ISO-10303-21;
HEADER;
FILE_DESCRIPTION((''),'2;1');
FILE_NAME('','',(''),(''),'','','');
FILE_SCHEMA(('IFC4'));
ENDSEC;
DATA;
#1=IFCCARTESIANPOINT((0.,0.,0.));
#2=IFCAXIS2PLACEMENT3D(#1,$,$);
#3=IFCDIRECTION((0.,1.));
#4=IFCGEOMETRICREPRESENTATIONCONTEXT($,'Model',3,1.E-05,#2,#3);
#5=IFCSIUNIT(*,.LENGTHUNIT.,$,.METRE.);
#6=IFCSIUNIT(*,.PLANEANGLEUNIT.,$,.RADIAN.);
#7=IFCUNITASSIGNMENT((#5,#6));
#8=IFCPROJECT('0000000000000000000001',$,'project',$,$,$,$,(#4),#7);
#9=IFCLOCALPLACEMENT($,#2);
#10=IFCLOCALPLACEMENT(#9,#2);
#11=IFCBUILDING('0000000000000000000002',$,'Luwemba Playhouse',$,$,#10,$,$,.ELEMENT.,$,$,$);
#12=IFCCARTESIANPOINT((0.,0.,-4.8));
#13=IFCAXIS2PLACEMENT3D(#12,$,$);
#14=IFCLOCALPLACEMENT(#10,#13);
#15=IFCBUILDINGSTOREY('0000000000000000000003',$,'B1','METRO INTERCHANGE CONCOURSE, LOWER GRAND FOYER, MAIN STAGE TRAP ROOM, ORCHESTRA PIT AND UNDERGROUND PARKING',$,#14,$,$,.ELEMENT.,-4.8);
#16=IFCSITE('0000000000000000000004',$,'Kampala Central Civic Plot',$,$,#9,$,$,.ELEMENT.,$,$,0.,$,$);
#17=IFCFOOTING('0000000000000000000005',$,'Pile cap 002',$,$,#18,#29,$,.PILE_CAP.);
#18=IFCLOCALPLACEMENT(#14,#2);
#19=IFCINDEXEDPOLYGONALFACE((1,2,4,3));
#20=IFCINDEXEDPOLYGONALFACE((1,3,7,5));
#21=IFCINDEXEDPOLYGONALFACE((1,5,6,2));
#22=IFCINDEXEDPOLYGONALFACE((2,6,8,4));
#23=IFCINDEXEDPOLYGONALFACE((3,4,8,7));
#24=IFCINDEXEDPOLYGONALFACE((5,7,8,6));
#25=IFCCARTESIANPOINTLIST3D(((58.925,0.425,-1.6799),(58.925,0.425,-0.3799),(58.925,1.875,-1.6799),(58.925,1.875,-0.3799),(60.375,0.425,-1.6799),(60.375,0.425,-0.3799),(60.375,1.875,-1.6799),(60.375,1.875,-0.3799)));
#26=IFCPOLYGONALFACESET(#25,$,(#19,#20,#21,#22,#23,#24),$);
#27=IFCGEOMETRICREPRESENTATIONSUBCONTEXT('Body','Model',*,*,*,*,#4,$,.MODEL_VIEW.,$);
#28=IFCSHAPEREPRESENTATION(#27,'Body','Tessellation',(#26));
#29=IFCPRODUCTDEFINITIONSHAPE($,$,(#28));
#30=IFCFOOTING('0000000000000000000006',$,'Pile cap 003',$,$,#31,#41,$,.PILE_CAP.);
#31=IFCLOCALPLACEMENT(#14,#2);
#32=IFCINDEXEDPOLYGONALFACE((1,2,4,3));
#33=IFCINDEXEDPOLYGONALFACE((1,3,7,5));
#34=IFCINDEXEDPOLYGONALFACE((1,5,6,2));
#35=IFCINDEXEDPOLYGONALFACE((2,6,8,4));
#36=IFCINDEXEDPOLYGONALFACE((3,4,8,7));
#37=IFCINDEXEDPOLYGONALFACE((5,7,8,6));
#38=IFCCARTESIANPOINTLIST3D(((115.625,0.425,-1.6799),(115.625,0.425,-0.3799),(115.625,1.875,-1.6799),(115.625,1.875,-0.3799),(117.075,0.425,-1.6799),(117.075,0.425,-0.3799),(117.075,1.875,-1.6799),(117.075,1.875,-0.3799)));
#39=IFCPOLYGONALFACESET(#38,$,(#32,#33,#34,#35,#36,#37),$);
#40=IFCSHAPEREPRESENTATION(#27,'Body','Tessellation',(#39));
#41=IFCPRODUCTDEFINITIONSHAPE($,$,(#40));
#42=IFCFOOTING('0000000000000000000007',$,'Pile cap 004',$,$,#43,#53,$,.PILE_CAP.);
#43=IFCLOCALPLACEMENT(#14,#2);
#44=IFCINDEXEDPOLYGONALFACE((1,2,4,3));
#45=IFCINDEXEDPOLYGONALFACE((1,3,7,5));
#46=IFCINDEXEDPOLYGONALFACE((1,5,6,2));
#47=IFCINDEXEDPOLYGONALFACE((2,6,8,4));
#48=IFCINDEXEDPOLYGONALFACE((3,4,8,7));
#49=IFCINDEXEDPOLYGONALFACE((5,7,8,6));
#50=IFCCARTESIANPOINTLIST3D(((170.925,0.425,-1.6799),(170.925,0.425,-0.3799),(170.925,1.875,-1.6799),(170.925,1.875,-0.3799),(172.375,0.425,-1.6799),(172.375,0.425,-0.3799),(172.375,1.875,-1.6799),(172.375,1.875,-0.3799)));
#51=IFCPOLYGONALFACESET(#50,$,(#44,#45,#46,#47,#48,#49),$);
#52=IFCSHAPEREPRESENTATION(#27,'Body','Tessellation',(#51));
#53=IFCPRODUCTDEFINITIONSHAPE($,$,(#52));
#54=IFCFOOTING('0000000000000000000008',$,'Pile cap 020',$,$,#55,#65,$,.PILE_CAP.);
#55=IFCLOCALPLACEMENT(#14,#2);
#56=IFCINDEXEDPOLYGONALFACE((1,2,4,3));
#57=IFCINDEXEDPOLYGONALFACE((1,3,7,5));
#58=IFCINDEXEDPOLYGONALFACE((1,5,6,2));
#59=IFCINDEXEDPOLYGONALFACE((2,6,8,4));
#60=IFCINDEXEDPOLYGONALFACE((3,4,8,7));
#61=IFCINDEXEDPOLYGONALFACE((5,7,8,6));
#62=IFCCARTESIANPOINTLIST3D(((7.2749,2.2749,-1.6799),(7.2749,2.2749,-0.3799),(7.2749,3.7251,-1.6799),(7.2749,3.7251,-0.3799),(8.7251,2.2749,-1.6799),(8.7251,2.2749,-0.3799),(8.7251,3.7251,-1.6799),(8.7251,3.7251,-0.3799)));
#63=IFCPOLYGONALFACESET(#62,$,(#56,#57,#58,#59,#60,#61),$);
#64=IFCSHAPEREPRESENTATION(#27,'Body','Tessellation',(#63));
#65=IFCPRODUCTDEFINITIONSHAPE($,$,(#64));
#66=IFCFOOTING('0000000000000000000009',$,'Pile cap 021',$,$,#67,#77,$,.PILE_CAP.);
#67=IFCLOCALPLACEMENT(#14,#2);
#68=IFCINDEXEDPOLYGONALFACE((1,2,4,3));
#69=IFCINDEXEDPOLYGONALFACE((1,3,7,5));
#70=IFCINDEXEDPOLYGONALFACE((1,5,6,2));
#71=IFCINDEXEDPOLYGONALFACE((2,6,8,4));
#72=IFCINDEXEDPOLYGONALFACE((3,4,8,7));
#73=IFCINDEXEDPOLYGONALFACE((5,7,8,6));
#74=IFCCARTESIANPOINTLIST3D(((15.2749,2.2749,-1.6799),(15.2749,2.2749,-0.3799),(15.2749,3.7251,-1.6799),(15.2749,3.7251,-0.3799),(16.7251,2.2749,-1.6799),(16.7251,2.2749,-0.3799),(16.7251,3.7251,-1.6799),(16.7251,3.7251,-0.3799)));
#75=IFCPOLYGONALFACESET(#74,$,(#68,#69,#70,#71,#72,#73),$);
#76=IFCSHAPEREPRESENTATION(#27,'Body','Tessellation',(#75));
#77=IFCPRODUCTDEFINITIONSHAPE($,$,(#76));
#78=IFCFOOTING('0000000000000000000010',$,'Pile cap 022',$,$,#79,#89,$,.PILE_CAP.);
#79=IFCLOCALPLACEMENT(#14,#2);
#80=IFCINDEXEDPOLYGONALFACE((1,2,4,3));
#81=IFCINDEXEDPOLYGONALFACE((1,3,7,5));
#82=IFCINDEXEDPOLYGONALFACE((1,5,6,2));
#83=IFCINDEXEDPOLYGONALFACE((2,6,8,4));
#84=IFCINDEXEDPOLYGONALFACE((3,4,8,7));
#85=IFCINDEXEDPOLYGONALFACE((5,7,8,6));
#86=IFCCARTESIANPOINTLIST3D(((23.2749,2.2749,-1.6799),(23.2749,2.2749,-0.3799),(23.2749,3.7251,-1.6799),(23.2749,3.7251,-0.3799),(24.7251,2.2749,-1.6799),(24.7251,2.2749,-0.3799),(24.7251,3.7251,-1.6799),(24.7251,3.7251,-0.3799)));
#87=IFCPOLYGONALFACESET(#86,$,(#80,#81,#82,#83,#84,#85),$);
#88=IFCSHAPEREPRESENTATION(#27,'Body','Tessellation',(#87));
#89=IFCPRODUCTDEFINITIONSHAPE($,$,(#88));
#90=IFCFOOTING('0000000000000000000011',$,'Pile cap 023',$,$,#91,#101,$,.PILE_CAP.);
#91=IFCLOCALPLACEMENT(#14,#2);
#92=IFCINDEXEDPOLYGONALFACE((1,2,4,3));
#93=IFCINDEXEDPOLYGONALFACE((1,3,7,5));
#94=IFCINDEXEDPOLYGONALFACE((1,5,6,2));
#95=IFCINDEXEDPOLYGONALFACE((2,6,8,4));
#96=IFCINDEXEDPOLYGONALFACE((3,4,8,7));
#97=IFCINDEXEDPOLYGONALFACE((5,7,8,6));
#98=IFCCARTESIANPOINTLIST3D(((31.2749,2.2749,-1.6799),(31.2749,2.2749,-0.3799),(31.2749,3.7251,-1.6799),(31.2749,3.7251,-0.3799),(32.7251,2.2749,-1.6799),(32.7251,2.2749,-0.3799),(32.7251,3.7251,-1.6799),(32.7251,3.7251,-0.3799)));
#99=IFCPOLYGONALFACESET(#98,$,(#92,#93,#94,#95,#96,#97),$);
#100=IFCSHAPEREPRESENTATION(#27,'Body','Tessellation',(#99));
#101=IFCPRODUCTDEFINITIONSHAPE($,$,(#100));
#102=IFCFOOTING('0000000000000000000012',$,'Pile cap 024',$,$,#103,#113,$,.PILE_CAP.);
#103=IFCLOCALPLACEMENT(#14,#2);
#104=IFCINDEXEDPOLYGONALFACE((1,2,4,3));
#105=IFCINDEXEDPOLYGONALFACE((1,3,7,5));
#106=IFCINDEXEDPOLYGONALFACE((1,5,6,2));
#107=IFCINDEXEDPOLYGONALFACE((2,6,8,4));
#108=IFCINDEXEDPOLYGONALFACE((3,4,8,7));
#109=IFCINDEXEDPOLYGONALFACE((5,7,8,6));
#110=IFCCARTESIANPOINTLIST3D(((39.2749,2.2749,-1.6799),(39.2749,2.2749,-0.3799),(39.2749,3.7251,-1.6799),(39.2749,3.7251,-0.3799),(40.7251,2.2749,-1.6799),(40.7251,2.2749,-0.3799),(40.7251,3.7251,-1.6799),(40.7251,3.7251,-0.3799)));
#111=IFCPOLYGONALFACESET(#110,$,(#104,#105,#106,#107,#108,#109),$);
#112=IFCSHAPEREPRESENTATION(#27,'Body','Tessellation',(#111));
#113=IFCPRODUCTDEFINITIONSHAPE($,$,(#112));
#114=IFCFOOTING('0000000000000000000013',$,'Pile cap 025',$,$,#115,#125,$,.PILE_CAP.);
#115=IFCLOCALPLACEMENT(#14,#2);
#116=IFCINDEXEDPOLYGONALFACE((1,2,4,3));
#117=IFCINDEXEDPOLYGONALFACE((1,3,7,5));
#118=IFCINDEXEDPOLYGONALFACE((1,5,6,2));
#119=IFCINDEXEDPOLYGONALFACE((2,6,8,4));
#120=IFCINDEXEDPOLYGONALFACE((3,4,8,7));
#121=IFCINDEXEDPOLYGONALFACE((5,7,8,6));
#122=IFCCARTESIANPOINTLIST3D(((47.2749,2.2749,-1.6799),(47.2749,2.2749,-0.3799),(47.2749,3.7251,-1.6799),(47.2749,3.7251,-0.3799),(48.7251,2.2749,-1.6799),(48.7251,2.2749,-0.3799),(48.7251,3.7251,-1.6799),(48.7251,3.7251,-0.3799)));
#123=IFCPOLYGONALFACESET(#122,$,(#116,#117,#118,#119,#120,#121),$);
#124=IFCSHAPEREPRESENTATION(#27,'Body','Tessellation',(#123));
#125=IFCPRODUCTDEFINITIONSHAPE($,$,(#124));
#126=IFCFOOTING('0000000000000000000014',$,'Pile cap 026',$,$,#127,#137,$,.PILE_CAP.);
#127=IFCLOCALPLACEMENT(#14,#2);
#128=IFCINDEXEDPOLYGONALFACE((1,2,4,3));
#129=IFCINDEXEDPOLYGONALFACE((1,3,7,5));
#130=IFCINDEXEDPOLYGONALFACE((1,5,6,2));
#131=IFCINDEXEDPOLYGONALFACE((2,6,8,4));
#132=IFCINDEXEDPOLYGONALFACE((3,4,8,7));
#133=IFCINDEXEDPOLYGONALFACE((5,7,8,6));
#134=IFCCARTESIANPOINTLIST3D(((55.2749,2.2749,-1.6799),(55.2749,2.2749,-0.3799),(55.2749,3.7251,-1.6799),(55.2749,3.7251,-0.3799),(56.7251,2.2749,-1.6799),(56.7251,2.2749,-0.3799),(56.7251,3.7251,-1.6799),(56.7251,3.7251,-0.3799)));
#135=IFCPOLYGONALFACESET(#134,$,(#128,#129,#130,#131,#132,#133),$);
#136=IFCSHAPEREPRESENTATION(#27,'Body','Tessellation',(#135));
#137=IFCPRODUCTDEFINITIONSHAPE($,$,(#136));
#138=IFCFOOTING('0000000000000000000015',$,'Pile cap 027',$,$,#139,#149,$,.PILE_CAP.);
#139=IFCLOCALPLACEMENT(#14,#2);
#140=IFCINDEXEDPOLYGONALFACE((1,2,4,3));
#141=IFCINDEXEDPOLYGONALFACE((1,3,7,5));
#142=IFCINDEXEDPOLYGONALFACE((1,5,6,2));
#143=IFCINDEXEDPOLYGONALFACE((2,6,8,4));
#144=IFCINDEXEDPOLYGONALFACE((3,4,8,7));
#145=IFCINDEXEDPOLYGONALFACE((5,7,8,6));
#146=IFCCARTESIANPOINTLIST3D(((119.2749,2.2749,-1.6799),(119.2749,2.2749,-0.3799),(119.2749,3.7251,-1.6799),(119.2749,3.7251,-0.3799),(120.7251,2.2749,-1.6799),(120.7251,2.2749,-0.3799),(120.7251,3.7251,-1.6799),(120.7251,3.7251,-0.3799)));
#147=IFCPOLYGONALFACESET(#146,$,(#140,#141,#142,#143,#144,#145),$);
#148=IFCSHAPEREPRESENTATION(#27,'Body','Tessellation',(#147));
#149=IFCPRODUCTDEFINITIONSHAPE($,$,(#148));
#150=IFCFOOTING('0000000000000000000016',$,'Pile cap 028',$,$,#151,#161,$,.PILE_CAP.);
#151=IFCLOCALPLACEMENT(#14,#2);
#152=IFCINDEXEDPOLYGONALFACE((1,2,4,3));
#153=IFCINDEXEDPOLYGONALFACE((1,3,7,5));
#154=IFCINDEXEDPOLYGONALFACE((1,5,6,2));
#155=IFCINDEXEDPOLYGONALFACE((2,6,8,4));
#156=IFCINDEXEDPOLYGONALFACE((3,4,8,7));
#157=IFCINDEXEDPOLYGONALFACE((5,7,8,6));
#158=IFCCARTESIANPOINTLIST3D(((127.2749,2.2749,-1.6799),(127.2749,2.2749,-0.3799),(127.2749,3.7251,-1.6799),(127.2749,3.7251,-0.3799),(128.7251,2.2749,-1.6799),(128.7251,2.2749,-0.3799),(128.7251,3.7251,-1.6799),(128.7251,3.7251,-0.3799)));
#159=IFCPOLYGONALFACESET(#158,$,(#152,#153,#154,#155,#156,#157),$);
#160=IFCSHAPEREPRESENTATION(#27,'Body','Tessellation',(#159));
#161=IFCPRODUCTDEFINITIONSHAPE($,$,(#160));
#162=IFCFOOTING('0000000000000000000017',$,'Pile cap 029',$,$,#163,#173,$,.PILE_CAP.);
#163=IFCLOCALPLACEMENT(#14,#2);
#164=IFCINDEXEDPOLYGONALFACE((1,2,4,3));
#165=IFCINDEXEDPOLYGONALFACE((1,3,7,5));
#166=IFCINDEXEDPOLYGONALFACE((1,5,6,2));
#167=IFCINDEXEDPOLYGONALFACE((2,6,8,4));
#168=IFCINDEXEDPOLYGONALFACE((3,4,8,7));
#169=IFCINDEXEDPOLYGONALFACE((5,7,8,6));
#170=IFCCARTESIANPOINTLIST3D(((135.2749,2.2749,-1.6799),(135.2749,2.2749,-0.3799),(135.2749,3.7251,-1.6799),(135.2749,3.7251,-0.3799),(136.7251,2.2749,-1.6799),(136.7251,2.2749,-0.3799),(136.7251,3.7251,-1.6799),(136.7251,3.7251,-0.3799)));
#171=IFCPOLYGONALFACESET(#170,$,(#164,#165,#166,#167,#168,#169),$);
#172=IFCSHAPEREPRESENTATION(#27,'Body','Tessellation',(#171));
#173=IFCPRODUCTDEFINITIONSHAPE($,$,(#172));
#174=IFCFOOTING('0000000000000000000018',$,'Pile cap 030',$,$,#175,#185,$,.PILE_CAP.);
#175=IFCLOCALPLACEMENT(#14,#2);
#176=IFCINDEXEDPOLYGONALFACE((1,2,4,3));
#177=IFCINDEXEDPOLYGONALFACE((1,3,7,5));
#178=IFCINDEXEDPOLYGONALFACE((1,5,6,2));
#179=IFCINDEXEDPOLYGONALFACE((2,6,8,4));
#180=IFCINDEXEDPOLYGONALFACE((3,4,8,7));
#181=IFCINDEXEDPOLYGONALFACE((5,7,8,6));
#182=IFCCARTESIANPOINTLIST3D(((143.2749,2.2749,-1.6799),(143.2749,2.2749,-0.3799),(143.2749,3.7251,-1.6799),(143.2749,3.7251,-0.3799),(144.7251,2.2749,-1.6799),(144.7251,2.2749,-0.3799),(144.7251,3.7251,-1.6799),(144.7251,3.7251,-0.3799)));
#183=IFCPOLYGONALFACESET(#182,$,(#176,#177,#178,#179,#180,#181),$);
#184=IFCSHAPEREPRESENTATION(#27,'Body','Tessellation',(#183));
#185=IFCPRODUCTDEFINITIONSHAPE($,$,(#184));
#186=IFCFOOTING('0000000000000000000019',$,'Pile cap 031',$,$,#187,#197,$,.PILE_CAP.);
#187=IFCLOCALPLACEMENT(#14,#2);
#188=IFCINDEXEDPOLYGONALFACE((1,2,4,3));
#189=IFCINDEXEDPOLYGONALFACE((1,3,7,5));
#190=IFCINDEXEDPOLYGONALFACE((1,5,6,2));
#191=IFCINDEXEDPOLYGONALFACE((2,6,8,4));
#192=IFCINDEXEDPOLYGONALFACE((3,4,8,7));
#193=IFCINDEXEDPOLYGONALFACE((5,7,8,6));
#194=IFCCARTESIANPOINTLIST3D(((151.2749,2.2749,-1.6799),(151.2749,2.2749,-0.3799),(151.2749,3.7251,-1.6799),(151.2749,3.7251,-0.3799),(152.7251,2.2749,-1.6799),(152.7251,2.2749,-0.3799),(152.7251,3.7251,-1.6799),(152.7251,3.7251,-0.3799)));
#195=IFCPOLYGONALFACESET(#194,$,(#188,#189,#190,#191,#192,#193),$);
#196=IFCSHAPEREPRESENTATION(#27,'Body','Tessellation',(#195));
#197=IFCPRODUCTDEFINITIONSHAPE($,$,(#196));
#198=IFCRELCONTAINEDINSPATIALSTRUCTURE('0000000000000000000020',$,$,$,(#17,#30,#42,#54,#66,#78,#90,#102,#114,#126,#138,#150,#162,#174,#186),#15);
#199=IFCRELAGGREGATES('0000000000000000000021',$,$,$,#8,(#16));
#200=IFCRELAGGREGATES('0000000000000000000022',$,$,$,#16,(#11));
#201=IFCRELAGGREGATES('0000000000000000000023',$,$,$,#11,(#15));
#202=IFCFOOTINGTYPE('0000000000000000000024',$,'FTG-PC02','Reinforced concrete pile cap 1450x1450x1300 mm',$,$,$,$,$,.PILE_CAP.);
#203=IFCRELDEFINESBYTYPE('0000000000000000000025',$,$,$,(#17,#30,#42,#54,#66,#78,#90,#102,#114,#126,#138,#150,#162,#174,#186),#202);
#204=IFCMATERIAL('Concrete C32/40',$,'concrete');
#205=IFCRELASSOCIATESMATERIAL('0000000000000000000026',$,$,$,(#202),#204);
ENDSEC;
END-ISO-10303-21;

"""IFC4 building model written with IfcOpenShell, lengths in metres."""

from ifc_helpers import new_model, si_unit, direction, frame, origin, place, context, subcontext, project, spatial, polyline, outline, extrude, material, type_object, element, save


model = new_model("IFC4")

# Units and contexts
model_context = context("Model", 3, precision=1e-05, world=origin(), true_north=direction((0.0, 1.0)))
body_context = subcontext(model_context, "Body", "Model", "MODEL_VIEW")
ifc_project = project(units=[si_unit("LENGTHUNIT", "METRE"), si_unit("PLANEANGLEUNIT", "RADIAN")], contexts=[model_context])

# Site, building, storey
site_placement = place(None, origin())
site = spatial("IfcSite", under=ifc_project, at=site_placement, Name="Kampala Central Civic Plot", CompositionType="ELEMENT", RefElevation=0.0)
building_placement = place(site_placement, origin())
building = spatial("IfcBuilding", under=site, at=building_placement, Name="Luwemba Playhouse", CompositionType="ELEMENT")
storey_placement = place(building_placement, frame((0.0, 0.0, -4.8)))
storey = spatial("IfcBuildingStorey", under=building, at=storey_placement, Name="B1", Description="METRO INTERCHANGE CONCOURSE, LOWER GRAND FOYER, MAIN STAGE TRAP ROOM, ORCHESTRA PIT AND UNDERGROUND PARKING", CompositionType="ELEMENT", Elevation=-4.8)

# Footings
ifc_material = material(Name="Concrete C32/40", Category="concrete")
footing_type_1 = type_object("IfcFootingType", Name="FTG-PC02", Description="Reinforced concrete pile cap 1450x1450x1300 mm", PredefinedType="PILE_CAP", material=ifc_material)
footing_1_placement = place(storey_placement, frame((0.0, 0.0, -1.6799)))
element("IfcFooting", 1, at=footing_1_placement, inside=storey, type_object=footing_type_1, Name="Pile cap 002", PredefinedType="PILE_CAP", context=body_context, shape_type="SweptSolid", body=[
    extrude(outline(polyline([(58.925, 0.425), (60.375, 0.425), (60.375, 1.875), (58.925, 1.875), (58.925, 0.425)])), origin(), (0.0, 0.0, 1.0), 1.3),
])
footing_2_placement = place(storey_placement, frame((0.0, 0.0, -1.6799)))
element("IfcFooting", 2, at=footing_2_placement, inside=storey, type_object=footing_type_1, Name="Pile cap 003", PredefinedType="PILE_CAP", context=body_context, shape_type="SweptSolid", body=[
    extrude(outline(polyline([(115.625, 0.425), (117.075, 0.425), (117.075, 1.875), (115.625, 1.875), (115.625, 0.425)])), origin(), (0.0, 0.0, 1.0), 1.3),
])
footing_3_placement = place(storey_placement, frame((0.0, 0.0, -1.6799)))
element("IfcFooting", 3, at=footing_3_placement, inside=storey, type_object=footing_type_1, Name="Pile cap 004", PredefinedType="PILE_CAP", context=body_context, shape_type="SweptSolid", body=[
    extrude(outline(polyline([(170.925, 0.425), (172.375, 0.425), (172.375, 1.875), (170.925, 1.875), (170.925, 0.425)])), origin(), (0.0, 0.0, 1.0), 1.3),
])
footing_4_placement = place(storey_placement, frame((0.0, 0.0, -1.6799)))
element("IfcFooting", 4, at=footing_4_placement, inside=storey, type_object=footing_type_1, Name="Pile cap 020", PredefinedType="PILE_CAP", context=body_context, shape_type="SweptSolid", body=[
    extrude(outline(polyline([(7.2749, 2.2749), (8.7251, 2.2749), (8.7251, 3.7251), (7.2749, 3.7251), (7.2749, 2.2749)])), origin(), (0.0, 0.0, 1.0), 1.3),
])
footing_5_placement = place(storey_placement, frame((0.0, 0.0, -1.6799)))
element("IfcFooting", 5, at=footing_5_placement, inside=storey, type_object=footing_type_1, Name="Pile cap 021", PredefinedType="PILE_CAP", context=body_context, shape_type="SweptSolid", body=[
    extrude(outline(polyline([(15.2749, 2.2749), (16.7251, 2.2749), (16.7251, 3.7251), (15.2749, 3.7251), (15.2749, 2.2749)])), origin(), (0.0, 0.0, 1.0), 1.3),
])
footing_6_placement = place(storey_placement, frame((0.0, 0.0, -1.6799)))
element("IfcFooting", 6, at=footing_6_placement, inside=storey, type_object=footing_type_1, Name="Pile cap 022", PredefinedType="PILE_CAP", context=body_context, shape_type="SweptSolid", body=[
    extrude(outline(polyline([(23.2749, 2.2749), (24.7251, 2.2749), (24.7251, 3.7251), (23.2749, 3.7251), (23.2749, 2.2749)])), origin(), (0.0, 0.0, 1.0), 1.3),
])
footing_7_placement = place(storey_placement, frame((0.0, 0.0, -1.6799)))
element("IfcFooting", 7, at=footing_7_placement, inside=storey, type_object=footing_type_1, Name="Pile cap 023", PredefinedType="PILE_CAP", context=body_context, shape_type="SweptSolid", body=[
    extrude(outline(polyline([(31.2749, 2.2749), (32.7251, 2.2749), (32.7251, 3.7251), (31.2749, 3.7251), (31.2749, 2.2749)])), origin(), (0.0, 0.0, 1.0), 1.3),
])
footing_8_placement = place(storey_placement, frame((0.0, 0.0, -1.6799)))
element("IfcFooting", 8, at=footing_8_placement, inside=storey, type_object=footing_type_1, Name="Pile cap 024", PredefinedType="PILE_CAP", context=body_context, shape_type="SweptSolid", body=[
    extrude(outline(polyline([(39.2749, 2.2749), (40.7251, 2.2749), (40.7251, 3.7251), (39.2749, 3.7251), (39.2749, 2.2749)])), origin(), (0.0, 0.0, 1.0), 1.3),
])
footing_9_placement = place(storey_placement, frame((0.0, 0.0, -1.6799)))
element("IfcFooting", 9, at=footing_9_placement, inside=storey, type_object=footing_type_1, Name="Pile cap 025", PredefinedType="PILE_CAP", context=body_context, shape_type="SweptSolid", body=[
    extrude(outline(polyline([(47.2749, 2.2749), (48.7251, 2.2749), (48.7251, 3.7251), (47.2749, 3.7251), (47.2749, 2.2749)])), origin(), (0.0, 0.0, 1.0), 1.3),
])
footing_10_placement = place(storey_placement, frame((0.0, 0.0, -1.6799)))
element("IfcFooting", 10, at=footing_10_placement, inside=storey, type_object=footing_type_1, Name="Pile cap 026", PredefinedType="PILE_CAP", context=body_context, shape_type="SweptSolid", body=[
    extrude(outline(polyline([(55.2749, 2.2749), (56.7251, 2.2749), (56.7251, 3.7251), (55.2749, 3.7251), (55.2749, 2.2749)])), origin(), (0.0, 0.0, 1.0), 1.3),
])
footing_11_placement = place(storey_placement, frame((0.0, 0.0, -1.6799)))
element("IfcFooting", 11, at=footing_11_placement, inside=storey, type_object=footing_type_1, Name="Pile cap 027", PredefinedType="PILE_CAP", context=body_context, shape_type="SweptSolid", body=[
    extrude(outline(polyline([(119.2749, 2.2749), (120.7251, 2.2749), (120.7251, 3.7251), (119.2749, 3.7251), (119.2749, 2.2749)])), origin(), (0.0, 0.0, 1.0), 1.3),
])
footing_12_placement = place(storey_placement, frame((0.0, 0.0, -1.6799)))
element("IfcFooting", 12, at=footing_12_placement, inside=storey, type_object=footing_type_1, Name="Pile cap 028", PredefinedType="PILE_CAP", context=body_context, shape_type="SweptSolid", body=[
    extrude(outline(polyline([(127.2749, 2.2749), (128.7251, 2.2749), (128.7251, 3.7251), (127.2749, 3.7251), (127.2749, 2.2749)])), origin(), (0.0, 0.0, 1.0), 1.3),
])
footing_13_placement = place(storey_placement, frame((0.0, 0.0, -1.6799)))
element("IfcFooting", 13, at=footing_13_placement, inside=storey, type_object=footing_type_1, Name="Pile cap 029", PredefinedType="PILE_CAP", context=body_context, shape_type="SweptSolid", body=[
    extrude(outline(polyline([(135.2749, 2.2749), (136.7251, 2.2749), (136.7251, 3.7251), (135.2749, 3.7251), (135.2749, 2.2749)])), origin(), (0.0, 0.0, 1.0), 1.3),
])
footing_14_placement = place(storey_placement, frame((0.0, 0.0, -1.6799)))
element("IfcFooting", 14, at=footing_14_placement, inside=storey, type_object=footing_type_1, Name="Pile cap 030", PredefinedType="PILE_CAP", context=body_context, shape_type="SweptSolid", body=[
    extrude(outline(polyline([(143.2749, 2.2749), (144.7251, 2.2749), (144.7251, 3.7251), (143.2749, 3.7251), (143.2749, 2.2749)])), origin(), (0.0, 0.0, 1.0), 1.3),
])
footing_15_placement = place(storey_placement, frame((0.0, 0.0, -1.6799)))
element("IfcFooting", 15, at=footing_15_placement, inside=storey, type_object=footing_type_1, Name="Pile cap 031", PredefinedType="PILE_CAP", context=body_context, shape_type="SweptSolid", body=[
    extrude(outline(polyline([(151.2749, 2.2749), (152.7251, 2.2749), (152.7251, 3.7251), (151.2749, 3.7251), (151.2749, 2.2749)])), origin(), (0.0, 0.0, 1.0), 1.3),
])

save(model, "model.ifc")
